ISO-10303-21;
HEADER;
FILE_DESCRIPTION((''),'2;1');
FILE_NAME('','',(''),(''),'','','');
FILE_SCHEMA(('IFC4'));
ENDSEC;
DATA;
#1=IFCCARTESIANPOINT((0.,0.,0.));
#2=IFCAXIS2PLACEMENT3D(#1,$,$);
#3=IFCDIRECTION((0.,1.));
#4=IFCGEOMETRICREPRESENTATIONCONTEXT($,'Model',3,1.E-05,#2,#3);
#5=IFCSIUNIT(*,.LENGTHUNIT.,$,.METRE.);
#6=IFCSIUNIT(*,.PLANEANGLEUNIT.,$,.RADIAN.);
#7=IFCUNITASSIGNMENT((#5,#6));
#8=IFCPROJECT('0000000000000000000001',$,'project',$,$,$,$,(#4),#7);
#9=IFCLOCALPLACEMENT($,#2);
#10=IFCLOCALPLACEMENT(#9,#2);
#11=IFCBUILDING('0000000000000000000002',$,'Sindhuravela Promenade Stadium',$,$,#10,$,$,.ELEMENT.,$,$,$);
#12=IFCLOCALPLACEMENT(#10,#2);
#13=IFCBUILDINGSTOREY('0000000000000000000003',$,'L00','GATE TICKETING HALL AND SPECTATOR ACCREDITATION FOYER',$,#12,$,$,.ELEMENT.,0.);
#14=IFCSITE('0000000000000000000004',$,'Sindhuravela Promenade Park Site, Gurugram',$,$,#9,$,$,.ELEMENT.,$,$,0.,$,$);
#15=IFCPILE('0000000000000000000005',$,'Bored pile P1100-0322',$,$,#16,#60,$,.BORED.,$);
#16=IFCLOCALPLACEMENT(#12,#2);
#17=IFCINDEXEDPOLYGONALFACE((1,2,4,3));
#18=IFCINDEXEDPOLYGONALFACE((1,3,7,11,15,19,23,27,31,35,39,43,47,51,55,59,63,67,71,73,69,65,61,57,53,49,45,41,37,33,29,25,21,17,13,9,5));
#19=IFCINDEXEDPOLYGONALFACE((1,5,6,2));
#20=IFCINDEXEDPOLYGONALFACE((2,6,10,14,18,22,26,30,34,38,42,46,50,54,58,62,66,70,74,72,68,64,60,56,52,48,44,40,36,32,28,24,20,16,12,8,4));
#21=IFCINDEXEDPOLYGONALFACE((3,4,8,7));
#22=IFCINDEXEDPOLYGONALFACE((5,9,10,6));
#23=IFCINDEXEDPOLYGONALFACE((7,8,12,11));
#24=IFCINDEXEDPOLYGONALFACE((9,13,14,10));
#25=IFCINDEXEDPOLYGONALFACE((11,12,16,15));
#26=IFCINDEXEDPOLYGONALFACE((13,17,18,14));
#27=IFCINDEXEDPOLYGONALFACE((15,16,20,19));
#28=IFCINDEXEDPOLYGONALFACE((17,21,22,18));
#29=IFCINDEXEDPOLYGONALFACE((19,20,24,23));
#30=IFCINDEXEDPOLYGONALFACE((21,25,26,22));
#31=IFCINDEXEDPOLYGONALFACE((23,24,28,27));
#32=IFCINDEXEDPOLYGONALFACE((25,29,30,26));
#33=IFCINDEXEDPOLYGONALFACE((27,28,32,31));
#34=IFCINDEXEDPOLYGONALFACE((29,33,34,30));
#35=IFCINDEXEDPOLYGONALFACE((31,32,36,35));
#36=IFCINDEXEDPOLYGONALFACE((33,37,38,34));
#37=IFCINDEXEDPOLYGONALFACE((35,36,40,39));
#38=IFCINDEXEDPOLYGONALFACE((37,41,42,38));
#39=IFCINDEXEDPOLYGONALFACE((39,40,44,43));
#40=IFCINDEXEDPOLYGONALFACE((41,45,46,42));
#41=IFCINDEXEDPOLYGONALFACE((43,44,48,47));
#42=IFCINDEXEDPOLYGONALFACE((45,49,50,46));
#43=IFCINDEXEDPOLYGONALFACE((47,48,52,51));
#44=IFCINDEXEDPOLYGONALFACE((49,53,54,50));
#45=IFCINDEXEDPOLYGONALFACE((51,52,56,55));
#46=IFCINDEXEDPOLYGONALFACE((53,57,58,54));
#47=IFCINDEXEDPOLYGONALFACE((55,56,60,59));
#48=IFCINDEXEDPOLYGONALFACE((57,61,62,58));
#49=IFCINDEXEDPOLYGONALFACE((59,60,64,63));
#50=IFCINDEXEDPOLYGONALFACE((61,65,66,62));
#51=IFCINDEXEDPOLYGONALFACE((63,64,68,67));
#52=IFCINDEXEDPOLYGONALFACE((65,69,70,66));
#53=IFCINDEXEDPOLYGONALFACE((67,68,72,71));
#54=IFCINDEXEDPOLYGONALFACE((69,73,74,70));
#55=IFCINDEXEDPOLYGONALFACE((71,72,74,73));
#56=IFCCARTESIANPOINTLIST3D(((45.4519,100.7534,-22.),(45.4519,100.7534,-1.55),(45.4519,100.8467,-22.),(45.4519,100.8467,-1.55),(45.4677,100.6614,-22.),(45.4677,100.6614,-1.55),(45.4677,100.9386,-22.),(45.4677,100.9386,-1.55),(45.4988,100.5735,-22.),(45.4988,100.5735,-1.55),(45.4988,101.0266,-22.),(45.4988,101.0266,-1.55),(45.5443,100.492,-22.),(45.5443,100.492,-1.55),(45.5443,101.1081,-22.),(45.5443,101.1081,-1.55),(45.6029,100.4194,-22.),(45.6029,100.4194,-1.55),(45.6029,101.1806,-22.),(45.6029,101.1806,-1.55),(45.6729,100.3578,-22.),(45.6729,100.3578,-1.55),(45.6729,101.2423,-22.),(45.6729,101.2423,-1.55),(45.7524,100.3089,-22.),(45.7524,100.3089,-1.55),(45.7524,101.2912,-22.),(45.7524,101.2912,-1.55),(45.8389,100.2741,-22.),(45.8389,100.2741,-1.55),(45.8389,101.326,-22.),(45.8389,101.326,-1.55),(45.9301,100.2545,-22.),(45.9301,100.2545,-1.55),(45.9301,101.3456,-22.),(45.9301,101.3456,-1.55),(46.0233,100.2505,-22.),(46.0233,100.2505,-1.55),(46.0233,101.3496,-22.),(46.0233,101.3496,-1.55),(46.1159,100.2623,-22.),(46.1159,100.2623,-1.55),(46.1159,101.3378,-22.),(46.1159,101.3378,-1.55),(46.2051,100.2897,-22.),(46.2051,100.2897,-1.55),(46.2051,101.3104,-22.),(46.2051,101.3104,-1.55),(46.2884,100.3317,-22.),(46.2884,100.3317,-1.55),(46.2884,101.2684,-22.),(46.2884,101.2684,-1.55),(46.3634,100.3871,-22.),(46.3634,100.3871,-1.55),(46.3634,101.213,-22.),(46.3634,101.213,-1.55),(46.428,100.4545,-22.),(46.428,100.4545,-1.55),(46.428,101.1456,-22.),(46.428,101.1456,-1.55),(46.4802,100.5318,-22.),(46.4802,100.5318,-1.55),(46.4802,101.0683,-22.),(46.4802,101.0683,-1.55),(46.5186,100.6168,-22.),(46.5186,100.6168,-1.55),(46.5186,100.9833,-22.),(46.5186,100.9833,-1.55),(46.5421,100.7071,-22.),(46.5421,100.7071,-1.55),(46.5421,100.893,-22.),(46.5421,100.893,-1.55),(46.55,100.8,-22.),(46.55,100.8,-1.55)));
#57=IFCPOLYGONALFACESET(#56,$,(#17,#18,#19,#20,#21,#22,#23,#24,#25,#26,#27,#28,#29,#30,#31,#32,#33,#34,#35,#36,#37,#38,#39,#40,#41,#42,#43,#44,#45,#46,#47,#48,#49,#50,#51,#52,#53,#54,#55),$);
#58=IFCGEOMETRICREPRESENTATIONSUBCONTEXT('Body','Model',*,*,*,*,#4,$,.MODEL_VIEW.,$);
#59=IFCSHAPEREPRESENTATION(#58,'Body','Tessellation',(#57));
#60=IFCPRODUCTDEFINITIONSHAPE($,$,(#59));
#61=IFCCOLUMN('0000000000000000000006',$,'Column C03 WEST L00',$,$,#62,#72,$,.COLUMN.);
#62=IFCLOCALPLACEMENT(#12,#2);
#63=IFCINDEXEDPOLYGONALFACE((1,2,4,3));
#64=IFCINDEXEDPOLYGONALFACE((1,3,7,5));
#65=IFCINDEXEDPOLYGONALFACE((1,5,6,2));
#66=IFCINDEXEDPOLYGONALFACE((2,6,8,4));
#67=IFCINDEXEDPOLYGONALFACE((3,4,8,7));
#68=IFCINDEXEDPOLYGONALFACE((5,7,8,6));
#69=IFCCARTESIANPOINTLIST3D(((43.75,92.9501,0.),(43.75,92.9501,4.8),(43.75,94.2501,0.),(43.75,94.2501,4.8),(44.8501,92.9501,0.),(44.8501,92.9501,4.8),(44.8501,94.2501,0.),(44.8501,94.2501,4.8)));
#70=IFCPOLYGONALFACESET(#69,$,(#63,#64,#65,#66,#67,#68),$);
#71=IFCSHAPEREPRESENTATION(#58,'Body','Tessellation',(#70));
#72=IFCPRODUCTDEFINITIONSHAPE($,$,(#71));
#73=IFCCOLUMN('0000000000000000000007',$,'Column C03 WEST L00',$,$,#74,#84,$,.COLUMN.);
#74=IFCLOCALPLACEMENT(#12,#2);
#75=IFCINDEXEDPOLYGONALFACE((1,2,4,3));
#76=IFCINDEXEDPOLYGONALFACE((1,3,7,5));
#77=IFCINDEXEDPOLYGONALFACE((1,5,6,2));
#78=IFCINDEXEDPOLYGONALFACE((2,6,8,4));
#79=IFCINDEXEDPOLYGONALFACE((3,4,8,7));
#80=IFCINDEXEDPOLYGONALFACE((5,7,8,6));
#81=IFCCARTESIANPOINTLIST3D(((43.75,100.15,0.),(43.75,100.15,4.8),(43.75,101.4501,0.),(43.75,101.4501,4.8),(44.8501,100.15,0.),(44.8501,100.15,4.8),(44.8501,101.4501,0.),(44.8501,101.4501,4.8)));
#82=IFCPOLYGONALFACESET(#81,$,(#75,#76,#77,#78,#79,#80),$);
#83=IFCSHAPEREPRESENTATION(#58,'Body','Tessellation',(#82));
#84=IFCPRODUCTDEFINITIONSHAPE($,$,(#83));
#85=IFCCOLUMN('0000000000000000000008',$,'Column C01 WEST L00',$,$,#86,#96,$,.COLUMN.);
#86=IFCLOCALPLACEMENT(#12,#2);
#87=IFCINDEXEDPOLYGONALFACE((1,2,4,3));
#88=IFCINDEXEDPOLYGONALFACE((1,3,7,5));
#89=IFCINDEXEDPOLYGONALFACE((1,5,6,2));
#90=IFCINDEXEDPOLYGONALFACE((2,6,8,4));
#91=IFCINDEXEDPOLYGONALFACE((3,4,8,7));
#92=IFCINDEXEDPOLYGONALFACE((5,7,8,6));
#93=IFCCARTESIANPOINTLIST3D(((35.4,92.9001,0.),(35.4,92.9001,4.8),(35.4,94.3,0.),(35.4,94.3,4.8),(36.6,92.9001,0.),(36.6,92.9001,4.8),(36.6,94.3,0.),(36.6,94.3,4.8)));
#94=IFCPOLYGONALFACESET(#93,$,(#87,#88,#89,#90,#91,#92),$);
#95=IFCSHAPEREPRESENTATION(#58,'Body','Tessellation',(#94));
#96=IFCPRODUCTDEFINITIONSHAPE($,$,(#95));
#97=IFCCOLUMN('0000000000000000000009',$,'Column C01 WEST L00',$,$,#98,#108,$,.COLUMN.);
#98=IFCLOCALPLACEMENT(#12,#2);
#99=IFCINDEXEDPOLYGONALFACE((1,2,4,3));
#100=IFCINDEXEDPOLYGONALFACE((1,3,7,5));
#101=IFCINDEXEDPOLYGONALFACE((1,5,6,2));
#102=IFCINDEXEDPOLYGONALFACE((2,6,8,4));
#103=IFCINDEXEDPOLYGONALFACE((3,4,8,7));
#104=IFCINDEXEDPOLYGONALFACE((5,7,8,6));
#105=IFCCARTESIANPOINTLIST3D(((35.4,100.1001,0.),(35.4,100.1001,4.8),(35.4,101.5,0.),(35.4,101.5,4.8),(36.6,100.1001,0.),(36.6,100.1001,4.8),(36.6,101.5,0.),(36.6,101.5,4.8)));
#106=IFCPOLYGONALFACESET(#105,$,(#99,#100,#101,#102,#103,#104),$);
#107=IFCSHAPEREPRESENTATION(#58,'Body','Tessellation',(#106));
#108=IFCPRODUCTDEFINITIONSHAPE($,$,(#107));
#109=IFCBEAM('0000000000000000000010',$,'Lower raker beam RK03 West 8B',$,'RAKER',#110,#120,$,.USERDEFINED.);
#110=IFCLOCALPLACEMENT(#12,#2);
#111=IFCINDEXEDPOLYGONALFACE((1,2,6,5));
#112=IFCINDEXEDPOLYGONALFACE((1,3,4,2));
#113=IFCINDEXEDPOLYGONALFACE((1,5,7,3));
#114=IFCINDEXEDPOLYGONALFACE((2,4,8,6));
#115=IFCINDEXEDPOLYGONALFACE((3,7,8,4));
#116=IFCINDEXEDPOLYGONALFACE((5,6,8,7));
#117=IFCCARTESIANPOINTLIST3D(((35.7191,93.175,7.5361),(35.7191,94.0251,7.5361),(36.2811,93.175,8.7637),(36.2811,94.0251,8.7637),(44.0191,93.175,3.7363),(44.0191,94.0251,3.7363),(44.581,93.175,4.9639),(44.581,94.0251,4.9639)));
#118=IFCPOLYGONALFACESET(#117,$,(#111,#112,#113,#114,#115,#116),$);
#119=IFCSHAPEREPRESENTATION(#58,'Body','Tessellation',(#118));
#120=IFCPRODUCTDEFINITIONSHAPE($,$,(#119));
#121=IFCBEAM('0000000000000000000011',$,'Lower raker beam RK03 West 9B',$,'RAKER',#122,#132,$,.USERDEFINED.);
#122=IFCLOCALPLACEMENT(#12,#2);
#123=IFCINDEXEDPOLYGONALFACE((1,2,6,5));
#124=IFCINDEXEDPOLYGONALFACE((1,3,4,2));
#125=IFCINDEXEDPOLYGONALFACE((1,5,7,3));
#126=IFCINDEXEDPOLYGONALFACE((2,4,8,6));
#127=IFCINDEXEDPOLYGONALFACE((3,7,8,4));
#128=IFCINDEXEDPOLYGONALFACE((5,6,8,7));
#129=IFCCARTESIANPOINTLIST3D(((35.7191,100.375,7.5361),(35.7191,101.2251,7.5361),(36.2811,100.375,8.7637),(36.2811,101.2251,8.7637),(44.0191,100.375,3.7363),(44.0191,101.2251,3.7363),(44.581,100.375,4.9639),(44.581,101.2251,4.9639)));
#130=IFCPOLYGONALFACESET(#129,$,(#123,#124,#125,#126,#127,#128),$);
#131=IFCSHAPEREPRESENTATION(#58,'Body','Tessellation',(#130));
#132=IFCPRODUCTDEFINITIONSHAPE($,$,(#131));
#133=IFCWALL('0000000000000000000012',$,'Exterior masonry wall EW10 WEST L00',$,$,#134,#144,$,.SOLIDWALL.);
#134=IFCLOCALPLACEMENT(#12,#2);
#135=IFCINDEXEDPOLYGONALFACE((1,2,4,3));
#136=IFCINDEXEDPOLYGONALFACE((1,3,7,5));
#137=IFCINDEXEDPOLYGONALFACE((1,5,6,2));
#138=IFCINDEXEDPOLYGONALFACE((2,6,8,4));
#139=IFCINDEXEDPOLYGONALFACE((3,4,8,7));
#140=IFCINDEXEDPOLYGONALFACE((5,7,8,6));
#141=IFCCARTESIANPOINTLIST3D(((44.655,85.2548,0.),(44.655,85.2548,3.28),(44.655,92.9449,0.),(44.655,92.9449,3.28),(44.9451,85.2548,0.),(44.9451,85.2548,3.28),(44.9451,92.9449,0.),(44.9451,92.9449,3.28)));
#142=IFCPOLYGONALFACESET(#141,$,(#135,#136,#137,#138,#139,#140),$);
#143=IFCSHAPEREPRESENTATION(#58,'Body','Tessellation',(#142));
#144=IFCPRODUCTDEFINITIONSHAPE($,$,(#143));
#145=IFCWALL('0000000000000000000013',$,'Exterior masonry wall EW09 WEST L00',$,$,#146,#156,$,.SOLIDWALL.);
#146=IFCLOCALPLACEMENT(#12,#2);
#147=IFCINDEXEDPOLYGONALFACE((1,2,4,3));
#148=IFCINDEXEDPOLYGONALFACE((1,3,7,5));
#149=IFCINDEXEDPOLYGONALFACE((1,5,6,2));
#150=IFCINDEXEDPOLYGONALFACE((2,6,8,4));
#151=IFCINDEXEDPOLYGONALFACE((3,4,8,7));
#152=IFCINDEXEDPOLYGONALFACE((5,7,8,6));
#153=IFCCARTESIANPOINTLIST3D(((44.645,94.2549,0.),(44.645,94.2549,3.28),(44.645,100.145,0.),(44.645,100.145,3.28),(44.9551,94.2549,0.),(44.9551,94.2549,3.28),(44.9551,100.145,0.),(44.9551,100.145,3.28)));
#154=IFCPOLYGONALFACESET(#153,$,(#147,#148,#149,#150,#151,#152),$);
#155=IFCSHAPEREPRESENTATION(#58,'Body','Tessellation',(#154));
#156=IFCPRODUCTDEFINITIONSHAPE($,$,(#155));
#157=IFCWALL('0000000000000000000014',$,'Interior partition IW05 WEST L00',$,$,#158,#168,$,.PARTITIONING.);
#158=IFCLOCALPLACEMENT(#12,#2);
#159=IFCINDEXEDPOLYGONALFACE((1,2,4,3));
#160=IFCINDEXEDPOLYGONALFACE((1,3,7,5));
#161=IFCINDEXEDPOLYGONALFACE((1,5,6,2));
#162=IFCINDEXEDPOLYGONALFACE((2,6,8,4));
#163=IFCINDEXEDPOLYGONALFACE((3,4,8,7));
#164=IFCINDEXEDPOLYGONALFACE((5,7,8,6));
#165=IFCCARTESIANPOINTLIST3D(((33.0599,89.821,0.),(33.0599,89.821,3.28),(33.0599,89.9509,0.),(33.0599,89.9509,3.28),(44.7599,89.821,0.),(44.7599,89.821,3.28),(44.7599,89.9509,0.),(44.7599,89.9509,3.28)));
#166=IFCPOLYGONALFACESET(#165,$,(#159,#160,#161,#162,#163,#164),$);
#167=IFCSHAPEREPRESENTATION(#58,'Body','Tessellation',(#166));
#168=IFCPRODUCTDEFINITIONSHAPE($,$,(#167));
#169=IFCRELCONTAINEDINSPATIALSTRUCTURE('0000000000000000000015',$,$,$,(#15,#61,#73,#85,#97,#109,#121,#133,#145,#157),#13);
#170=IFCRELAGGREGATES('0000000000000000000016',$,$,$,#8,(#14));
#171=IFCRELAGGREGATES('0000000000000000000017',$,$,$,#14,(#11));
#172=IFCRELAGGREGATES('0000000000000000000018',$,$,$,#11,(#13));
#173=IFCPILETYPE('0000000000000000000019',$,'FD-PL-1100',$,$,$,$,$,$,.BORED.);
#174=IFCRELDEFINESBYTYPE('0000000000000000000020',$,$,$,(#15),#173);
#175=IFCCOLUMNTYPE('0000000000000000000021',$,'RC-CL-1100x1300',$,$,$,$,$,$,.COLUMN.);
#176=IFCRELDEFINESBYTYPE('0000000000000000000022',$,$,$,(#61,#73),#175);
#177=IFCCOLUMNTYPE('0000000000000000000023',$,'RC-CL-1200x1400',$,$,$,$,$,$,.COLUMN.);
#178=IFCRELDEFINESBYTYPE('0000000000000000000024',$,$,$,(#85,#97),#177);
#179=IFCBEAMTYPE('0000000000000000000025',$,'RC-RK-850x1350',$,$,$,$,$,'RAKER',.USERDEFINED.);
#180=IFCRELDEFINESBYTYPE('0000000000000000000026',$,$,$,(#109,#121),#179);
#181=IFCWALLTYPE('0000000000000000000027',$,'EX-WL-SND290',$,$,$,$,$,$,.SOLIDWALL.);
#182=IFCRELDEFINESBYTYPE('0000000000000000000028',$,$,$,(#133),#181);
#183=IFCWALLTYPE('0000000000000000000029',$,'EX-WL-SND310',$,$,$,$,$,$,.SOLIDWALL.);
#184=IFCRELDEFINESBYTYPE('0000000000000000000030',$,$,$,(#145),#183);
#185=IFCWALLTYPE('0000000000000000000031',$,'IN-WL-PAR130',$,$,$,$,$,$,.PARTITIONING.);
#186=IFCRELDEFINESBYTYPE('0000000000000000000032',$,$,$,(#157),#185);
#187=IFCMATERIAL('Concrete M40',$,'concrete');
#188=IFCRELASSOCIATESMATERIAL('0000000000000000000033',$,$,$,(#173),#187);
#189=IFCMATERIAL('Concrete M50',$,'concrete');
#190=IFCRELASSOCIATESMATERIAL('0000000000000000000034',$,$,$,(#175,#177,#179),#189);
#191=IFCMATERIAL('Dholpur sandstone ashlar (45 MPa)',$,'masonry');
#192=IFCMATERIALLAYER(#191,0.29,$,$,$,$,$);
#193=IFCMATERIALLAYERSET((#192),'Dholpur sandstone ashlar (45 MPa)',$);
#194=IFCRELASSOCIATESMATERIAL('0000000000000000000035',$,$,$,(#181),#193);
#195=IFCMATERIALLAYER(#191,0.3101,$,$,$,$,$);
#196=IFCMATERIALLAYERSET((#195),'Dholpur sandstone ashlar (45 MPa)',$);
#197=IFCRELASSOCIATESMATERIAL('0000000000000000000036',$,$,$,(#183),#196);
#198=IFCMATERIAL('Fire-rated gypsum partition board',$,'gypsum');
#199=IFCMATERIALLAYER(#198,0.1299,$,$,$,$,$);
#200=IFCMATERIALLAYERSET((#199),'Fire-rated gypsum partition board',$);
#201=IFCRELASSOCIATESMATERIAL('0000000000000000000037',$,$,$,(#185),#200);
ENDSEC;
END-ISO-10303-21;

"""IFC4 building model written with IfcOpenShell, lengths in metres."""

from ifc_helpers import new_model, si_unit, direction, frame, frame_2d, origin, origin_2d, place, context, subcontext, project, spatial, rectangle, circle, extrude, material, layer, layer_set, material_profile, profile_set, type_object, element, save


model = new_model("IFC4")

# Units and contexts
model_context = context("Model", 3, precision=1e-05, world=origin(), true_north=direction((0.0, 1.0)))
body_context = subcontext(model_context, "Body", "Model", "MODEL_VIEW")
ifc_project = project(units=[si_unit("LENGTHUNIT", "METRE"), si_unit("PLANEANGLEUNIT", "RADIAN")], contexts=[model_context])

# Site, building, storey
site_placement = place(None, origin())
site = spatial("IfcSite", under=ifc_project, at=site_placement, Name="Sindhuravela Promenade Park Site, Gurugram", CompositionType="ELEMENT", RefElevation=0.0)
building_placement = place(site_placement, origin())
building = spatial("IfcBuilding", under=site, at=building_placement, Name="Sindhuravela Promenade Stadium", CompositionType="ELEMENT")
storey_placement = place(building_placement, origin())
storey = spatial("IfcBuildingStorey", under=building, at=storey_placement, Name="L00", Description="GATE TICKETING HALL AND SPECTATOR ACCREDITATION FOYER", CompositionType="ELEMENT", Elevation=0.0)

# Shared definitions
ifc_material_1 = material(Name="Concrete M50", Category="concrete")

# Pile
ifc_material_2 = material(Name="Concrete M40", Category="concrete")
ifc_material_profile_1 = material_profile(ifc_material_2, circle(Radius=0.55, at=origin_2d()), Name="BORED PILE D1100")
ifc_profile_set_1 = profile_set([ifc_material_profile_1], Name="Concrete M40")
pile_type = type_object("IfcPileType", Name="FD-PL-1100", PredefinedType="BORED", material=ifc_profile_set_1)
for number, where, z_axis, x_axis, name in (
    (1, (46.0, 100.8, -1.55), (0.0, 0.0, -1.0), (1.0, 0.0, 0.0), "Bored pile P1100-0322"),
):
    element("IfcPile", number, at=place(storey_placement, frame(where, z_axis=z_axis, x_axis=x_axis)), inside=storey, type_object=pile_type, Name=name, PredefinedType="BORED", context=body_context, shape_type="SweptSolid", body=[
        extrude(circle(Radius=0.55, at=origin_2d()), origin(), (0.0, 0.0, 1.0), 20.45),
    ])

# Columns
ifc_material_profile_2 = material_profile(ifc_material_1, rectangle(XDim=1.1001, YDim=1.3, at=origin_2d()), Name="RC 1100x1300")
ifc_profile_set_2 = profile_set([ifc_material_profile_2], Name="Concrete M50")
column_type_1 = type_object("IfcColumnType", Name="RC-CL-1100x1300", PredefinedType="COLUMN", material=ifc_profile_set_2)
for number, where, z_axis, x_axis, name in (
    (2, (44.3, 93.6001, 0.0), (0.0, 0.0, 1.0), (1.0, 0.0, 0.0), "Column C03 WEST L00"),
    (3, (44.3, 100.8, 0.0), (0.0, 0.0, 1.0), (1.0, 0.0, 0.0), "Column C03 WEST L00"),
):
    element("IfcColumn", number, at=place(storey_placement, frame(where, z_axis=z_axis, x_axis=x_axis)), inside=storey, type_object=column_type_1, Name=name, PredefinedType="COLUMN", context=body_context, shape_type="SweptSolid", body=[
        extrude(rectangle(XDim=1.1001, YDim=1.3, at=origin_2d()), origin(), (0.0, 0.0, 1.0), 4.8),
    ])
ifc_material_profile_3 = material_profile(ifc_material_1, rectangle(XDim=1.2, YDim=1.3999, at=origin_2d()), Name="RC 1200x1400")
ifc_profile_set_3 = profile_set([ifc_material_profile_3], Name="Concrete M50")
column_type_2 = type_object("IfcColumnType", Name="RC-CL-1200x1400", PredefinedType="COLUMN", material=ifc_profile_set_3)
for number, where, z_axis, x_axis, name in (
    (4, (36.0, 93.6001, 0.0), (0.0, 0.0, 1.0), (1.0, 0.0, 0.0), "Column C01 WEST L00"),
    (5, (36.0, 100.8, 0.0), (0.0, 0.0, 1.0), (1.0, 0.0, 0.0), "Column C01 WEST L00"),
):
    element("IfcColumn", number, at=place(storey_placement, frame(where, z_axis=z_axis, x_axis=x_axis)), inside=storey, type_object=column_type_2, Name=name, PredefinedType="COLUMN", context=body_context, shape_type="SweptSolid", body=[
        extrude(rectangle(XDim=1.2, YDim=1.3999, at=origin_2d()), origin(), (0.0, 0.0, 1.0), 4.8),
    ])

# Beams
ifc_material_profile_4 = material_profile(ifc_material_1, rectangle(XDim=0.8501, YDim=1.3501, at=origin_2d()), Name="RC 850x1350")
ifc_profile_set_4 = profile_set([ifc_material_profile_4], Name="Concrete M50")
beam_type = type_object("IfcBeamType", Name="RC-RK-850x1350", ElementType="RAKER", PredefinedType="USERDEFINED", material=ifc_profile_set_4)
for number, where, z_axis, x_axis, name in (
    (6, (44.3, 93.6001, 4.3501), (-0.909247, 0.0, 0.416258), (0.0, -1.0, 0.0), "Lower raker beam RK03 West 8B"),
    (7, (44.3, 100.8, 4.3501), (-0.909247, 0.0, 0.416258), (0.0, -1.0, 0.0), "Lower raker beam RK03 West 9B"),
):
    element("IfcBeam", number, at=place(storey_placement, frame(where, z_axis=z_axis, x_axis=x_axis)), inside=storey, type_object=beam_type, Name=name, ObjectType="RAKER", PredefinedType="USERDEFINED", context=body_context, shape_type="SweptSolid", body=[
        extrude(rectangle(XDim=0.8501, YDim=1.3501, at=origin_2d()), origin(), (0.0, 0.0, 1.0), 9.1284),
    ])

# Walls
ifc_material_3 = material(Name="Dholpur sandstone ashlar (45 MPa)", Category="masonry")
ifc_layer_1 = layer(ifc_material_3, 0.29)
ifc_layer_set_1 = layer_set([ifc_layer_1], Name="Dholpur sandstone ashlar (45 MPa)")
wall_type_1 = type_object("IfcWallType", Name="EX-WL-SND290", PredefinedType="SOLIDWALL", material=ifc_layer_set_1)
wall_1_placement = place(storey_placement, frame((44.8, 92.9451, 0.0), z_axis=(0.0, 0.0, 1.0), x_axis=(0.0, -1.0, 0.0)))
element("IfcWall", 8, at=wall_1_placement, inside=storey, type_object=wall_type_1, Name="Exterior masonry wall EW10 WEST L00", PredefinedType="SOLIDWALL", context=body_context, shape_type="SweptSolid", body=[
    extrude(rectangle(XDim=7.6902, YDim=0.29, at=frame_2d((3.8452, 0.0))), origin(), (0.0, 0.0, 1.0), 3.28),
])
ifc_layer_2 = layer(ifc_material_3, 0.3101)
ifc_layer_set_2 = layer_set([ifc_layer_2], Name="Dholpur sandstone ashlar (45 MPa)")
wall_type_2 = type_object("IfcWallType", Name="EX-WL-SND310", PredefinedType="SOLIDWALL", material=ifc_layer_set_2)
wall_2_placement = place(storey_placement, frame((44.8, 100.145, 0.0), z_axis=(0.0, 0.0, 1.0), x_axis=(0.0, -1.0, 0.0)))
element("IfcWall", 9, at=wall_2_placement, inside=storey, type_object=wall_type_2, Name="Exterior masonry wall EW09 WEST L00", PredefinedType="SOLIDWALL", context=body_context, shape_type="SweptSolid", body=[
    extrude(rectangle(XDim=5.8901, YDim=0.3101, at=frame_2d((2.9451, 0.0))), origin(), (0.0, 0.0, 1.0), 3.28),
])
ifc_material_4 = material(Name="Fire-rated gypsum partition board", Category="gypsum")
ifc_layer_3 = layer(ifc_material_4, 0.1299)
ifc_layer_set_3 = layer_set([ifc_layer_3], Name="Fire-rated gypsum partition board")
wall_type_3 = type_object("IfcWallType", Name="IN-WL-PAR130", PredefinedType="PARTITIONING", material=ifc_layer_set_3)
wall_3_placement = place(storey_placement, frame((44.76, 89.886, 0.0), z_axis=(0.0, 0.0, 1.0), x_axis=(-1.0, 0.0, 0.0)))
element("IfcWall", 10, at=wall_3_placement, inside=storey, type_object=wall_type_3, Name="Interior partition IW05 WEST L00", PredefinedType="PARTITIONING", context=body_context, shape_type="SweptSolid", body=[
    extrude(rectangle(XDim=11.7, YDim=0.1299, at=frame_2d((5.8501, 0.0))), origin(), (0.0, 0.0, 1.0), 3.28),
])

save(model, "model.ifc")
